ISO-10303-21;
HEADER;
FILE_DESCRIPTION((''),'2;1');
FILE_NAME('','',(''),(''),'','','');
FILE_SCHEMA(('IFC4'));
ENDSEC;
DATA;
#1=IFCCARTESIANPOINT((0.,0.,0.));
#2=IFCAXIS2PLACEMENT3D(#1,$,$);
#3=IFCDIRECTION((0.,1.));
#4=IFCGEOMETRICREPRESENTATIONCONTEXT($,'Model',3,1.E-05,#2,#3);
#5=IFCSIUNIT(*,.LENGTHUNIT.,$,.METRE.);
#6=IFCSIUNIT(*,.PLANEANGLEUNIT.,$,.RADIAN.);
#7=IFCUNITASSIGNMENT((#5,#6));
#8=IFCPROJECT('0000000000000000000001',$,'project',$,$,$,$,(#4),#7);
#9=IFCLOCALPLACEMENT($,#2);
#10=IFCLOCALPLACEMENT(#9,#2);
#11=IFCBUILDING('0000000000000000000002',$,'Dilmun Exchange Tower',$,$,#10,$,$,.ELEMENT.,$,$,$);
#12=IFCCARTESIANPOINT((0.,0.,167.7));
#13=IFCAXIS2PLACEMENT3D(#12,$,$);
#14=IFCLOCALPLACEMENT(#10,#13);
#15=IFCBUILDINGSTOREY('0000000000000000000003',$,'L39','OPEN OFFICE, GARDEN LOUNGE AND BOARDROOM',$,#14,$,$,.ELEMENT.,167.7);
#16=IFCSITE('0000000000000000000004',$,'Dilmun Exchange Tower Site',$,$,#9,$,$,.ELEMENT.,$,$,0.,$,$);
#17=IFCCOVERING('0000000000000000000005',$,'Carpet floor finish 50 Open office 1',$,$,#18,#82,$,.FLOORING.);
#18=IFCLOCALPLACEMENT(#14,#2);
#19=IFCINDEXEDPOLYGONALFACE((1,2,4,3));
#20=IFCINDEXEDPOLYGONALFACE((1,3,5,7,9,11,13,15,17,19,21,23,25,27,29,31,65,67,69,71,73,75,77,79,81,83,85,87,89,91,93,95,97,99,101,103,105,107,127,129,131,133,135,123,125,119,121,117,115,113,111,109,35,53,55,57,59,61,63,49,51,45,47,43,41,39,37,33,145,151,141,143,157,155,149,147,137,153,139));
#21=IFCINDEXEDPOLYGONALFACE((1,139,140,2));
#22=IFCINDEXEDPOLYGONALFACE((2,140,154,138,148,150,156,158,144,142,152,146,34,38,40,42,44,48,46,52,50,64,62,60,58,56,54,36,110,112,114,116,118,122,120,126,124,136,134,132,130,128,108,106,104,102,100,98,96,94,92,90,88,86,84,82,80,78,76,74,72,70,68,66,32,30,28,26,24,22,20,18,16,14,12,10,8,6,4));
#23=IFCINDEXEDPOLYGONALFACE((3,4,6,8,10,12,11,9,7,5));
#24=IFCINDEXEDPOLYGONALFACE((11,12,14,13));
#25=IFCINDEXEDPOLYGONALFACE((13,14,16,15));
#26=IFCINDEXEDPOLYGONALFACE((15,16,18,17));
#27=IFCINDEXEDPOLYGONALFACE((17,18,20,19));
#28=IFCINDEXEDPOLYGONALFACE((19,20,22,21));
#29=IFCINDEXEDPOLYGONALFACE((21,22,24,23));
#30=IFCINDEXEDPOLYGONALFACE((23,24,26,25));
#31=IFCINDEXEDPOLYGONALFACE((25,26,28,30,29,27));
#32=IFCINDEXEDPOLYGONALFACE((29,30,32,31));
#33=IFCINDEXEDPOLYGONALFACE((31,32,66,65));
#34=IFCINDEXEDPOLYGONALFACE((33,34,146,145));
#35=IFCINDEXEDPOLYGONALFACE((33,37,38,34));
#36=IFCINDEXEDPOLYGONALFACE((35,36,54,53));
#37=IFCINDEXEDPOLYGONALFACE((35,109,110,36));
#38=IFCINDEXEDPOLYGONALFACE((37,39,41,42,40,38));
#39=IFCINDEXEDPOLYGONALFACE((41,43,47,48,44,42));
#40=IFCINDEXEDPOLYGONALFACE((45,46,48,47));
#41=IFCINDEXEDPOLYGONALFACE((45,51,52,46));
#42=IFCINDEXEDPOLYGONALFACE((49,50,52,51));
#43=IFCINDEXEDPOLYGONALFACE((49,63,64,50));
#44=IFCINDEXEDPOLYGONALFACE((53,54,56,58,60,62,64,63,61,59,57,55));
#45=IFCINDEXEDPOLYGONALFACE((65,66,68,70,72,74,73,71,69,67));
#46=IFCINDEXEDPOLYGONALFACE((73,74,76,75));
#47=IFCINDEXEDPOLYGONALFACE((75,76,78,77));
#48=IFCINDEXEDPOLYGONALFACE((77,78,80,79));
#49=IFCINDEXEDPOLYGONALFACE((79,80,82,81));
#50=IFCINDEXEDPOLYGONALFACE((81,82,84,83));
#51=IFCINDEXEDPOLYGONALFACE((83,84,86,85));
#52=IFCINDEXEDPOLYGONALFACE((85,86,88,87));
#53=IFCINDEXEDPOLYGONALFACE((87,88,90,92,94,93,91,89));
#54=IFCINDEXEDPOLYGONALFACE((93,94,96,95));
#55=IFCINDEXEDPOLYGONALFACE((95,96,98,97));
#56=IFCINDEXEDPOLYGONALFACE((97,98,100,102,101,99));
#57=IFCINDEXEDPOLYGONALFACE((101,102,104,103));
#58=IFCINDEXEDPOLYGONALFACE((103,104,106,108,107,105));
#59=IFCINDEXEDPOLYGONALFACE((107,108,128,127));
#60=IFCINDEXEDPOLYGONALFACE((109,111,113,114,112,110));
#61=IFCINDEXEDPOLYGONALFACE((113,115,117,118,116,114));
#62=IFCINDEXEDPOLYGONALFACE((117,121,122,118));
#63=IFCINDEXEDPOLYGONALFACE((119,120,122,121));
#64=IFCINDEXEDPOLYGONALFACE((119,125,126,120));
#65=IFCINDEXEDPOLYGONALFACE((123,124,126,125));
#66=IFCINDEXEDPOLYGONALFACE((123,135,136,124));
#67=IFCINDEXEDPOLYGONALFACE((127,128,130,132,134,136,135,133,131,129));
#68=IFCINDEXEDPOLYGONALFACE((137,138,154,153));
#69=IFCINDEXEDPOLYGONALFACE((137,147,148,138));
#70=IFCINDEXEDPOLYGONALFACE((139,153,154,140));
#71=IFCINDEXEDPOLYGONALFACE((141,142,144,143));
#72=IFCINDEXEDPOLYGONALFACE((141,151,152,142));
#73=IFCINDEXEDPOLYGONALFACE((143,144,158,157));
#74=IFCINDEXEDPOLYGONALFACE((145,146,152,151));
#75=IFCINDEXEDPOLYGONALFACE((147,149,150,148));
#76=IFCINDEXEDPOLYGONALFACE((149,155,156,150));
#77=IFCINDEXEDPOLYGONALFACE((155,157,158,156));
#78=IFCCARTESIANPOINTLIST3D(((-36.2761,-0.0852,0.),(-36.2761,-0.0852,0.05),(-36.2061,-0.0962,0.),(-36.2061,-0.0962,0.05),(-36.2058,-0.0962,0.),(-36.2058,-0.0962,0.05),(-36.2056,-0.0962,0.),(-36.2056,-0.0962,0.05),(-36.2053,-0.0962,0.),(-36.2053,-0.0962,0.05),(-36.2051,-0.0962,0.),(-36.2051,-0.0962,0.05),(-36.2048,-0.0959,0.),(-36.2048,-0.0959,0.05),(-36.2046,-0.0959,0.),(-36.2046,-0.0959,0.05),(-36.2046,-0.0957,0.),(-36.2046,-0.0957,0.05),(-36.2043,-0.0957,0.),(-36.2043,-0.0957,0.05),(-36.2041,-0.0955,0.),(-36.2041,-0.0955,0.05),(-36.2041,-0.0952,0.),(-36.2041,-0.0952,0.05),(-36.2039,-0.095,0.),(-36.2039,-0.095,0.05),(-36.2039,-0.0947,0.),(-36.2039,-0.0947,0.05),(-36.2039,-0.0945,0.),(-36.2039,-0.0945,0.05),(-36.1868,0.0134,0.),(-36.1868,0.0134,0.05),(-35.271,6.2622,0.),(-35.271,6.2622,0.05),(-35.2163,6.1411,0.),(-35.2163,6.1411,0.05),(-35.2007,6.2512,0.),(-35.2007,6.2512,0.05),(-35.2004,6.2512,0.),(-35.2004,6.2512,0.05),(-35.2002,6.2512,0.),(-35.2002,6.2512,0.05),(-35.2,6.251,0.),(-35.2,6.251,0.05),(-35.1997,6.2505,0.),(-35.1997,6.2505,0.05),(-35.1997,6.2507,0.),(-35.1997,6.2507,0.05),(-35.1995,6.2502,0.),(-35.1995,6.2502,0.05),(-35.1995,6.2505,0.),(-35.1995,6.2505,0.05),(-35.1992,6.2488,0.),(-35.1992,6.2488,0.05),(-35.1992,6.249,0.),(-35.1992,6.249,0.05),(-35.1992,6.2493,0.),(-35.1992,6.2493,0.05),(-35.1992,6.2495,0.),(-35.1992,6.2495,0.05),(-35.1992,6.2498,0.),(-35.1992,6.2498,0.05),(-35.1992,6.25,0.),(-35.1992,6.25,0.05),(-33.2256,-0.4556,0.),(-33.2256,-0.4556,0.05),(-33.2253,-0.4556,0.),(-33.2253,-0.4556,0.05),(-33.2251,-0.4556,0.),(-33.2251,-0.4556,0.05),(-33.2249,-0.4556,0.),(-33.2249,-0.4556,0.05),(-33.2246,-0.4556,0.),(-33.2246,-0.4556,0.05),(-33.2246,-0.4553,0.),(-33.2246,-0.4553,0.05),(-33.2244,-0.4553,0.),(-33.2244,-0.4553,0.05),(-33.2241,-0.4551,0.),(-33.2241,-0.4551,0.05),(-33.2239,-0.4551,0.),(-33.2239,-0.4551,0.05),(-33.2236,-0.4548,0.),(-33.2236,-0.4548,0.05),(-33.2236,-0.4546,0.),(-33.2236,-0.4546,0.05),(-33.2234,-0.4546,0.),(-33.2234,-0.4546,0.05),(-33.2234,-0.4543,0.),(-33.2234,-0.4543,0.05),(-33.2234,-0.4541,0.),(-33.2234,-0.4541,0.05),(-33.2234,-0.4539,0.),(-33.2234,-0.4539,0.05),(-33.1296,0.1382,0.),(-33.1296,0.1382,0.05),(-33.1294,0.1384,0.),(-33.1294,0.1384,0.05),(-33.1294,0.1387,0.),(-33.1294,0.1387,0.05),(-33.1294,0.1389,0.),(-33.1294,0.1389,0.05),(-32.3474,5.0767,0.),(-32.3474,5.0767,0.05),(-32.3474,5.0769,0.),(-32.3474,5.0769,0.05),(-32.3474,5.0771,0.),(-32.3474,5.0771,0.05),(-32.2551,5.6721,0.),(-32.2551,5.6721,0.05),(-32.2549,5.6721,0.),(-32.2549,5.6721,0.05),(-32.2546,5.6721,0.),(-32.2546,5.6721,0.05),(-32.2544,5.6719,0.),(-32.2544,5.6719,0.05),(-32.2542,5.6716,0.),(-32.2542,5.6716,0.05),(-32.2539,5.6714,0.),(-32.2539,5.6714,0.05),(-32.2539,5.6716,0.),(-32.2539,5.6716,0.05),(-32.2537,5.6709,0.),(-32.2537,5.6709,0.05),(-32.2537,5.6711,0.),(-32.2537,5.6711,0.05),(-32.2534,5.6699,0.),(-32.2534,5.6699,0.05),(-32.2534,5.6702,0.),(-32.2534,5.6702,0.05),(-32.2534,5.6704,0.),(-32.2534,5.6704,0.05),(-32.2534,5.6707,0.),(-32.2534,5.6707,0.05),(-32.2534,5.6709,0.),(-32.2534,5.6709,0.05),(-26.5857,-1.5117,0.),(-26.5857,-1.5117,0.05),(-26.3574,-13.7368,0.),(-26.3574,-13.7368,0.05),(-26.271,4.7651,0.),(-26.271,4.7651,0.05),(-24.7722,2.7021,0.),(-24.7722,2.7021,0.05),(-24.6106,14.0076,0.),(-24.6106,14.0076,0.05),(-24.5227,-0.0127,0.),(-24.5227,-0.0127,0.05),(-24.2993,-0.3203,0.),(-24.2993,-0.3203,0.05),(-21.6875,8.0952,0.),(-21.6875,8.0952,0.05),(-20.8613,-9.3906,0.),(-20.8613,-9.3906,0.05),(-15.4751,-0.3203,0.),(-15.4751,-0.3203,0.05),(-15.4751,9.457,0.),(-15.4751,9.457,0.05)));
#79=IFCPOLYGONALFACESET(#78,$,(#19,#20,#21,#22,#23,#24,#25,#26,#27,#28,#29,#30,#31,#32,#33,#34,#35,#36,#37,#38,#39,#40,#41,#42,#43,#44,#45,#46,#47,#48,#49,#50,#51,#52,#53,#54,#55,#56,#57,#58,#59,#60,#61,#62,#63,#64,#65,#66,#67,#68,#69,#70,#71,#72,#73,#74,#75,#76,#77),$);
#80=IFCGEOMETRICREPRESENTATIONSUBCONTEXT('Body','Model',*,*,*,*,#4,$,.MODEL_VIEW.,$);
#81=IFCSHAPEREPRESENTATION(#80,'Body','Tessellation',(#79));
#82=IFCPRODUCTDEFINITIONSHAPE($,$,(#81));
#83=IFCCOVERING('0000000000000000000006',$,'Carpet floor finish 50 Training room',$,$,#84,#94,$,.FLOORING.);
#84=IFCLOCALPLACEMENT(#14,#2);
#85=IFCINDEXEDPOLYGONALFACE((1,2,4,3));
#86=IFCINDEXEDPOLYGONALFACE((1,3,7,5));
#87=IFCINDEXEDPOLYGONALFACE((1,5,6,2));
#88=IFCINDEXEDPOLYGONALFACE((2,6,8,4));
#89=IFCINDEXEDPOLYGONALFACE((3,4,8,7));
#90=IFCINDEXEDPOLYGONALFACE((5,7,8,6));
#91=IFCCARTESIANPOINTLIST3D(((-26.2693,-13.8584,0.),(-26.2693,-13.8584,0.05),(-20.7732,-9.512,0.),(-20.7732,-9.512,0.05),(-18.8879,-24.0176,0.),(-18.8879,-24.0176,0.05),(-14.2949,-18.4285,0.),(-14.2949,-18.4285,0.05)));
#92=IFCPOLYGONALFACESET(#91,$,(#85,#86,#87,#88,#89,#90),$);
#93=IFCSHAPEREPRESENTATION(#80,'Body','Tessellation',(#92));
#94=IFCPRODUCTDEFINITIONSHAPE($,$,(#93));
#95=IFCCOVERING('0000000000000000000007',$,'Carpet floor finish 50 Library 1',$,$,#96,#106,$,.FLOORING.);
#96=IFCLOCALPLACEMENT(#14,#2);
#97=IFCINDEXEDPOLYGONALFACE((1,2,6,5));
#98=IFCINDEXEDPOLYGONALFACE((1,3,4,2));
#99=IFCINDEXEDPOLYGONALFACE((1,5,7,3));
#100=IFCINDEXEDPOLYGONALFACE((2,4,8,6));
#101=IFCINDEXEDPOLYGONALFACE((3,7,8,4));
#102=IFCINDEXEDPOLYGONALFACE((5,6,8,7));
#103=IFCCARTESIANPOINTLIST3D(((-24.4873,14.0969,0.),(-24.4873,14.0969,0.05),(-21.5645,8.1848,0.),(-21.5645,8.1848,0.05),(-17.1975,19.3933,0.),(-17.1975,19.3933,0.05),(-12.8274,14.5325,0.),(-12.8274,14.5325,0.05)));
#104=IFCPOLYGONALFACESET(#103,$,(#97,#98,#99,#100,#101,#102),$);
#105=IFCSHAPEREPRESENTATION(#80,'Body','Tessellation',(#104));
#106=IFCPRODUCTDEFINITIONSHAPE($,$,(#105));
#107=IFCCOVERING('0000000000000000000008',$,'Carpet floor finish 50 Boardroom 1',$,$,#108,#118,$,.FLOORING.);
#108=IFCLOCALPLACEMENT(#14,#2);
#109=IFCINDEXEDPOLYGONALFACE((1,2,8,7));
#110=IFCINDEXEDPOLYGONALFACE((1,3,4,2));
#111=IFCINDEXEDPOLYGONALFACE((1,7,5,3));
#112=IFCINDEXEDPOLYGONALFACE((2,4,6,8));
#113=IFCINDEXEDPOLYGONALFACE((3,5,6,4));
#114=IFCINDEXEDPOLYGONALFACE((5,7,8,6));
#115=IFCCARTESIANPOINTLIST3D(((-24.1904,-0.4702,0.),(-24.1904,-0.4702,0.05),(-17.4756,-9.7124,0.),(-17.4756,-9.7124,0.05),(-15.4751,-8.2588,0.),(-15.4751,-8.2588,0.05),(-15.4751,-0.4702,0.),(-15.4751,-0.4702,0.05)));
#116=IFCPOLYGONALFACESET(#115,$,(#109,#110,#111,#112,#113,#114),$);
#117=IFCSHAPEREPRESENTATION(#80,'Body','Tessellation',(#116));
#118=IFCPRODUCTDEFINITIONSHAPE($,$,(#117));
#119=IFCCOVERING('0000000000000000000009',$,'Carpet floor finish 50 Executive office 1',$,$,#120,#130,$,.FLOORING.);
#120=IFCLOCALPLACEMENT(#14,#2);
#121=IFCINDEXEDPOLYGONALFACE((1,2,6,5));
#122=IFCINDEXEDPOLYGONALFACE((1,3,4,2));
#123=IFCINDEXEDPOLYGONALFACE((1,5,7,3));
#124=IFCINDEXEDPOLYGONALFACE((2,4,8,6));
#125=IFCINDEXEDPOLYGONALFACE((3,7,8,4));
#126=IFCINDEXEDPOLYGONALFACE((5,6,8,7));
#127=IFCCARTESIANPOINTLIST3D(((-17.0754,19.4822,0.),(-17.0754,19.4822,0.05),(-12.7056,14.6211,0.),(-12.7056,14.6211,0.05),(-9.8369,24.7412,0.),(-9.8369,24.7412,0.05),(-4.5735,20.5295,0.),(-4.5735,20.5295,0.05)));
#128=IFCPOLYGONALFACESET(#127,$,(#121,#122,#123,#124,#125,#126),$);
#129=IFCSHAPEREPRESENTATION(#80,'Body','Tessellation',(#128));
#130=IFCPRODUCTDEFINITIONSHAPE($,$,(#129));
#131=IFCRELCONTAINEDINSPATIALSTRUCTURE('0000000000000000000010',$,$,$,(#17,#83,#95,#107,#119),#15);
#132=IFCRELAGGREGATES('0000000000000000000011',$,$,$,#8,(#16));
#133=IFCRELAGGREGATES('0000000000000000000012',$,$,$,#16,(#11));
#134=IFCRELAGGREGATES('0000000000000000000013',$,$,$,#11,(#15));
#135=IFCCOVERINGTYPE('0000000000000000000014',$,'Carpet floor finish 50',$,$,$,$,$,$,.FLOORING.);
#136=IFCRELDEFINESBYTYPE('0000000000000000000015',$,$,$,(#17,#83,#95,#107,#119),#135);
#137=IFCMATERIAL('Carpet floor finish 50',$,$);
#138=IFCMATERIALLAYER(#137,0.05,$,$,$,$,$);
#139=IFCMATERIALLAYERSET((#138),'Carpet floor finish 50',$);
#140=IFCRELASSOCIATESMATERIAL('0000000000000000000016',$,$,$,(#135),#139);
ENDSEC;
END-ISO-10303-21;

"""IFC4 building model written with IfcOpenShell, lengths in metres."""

from ifc_helpers import new_model, si_unit, direction, frame, origin, place, context, subcontext, project, spatial, polyline, outline, extrude, material, layer, layer_set, type_object, element, save


model = new_model("IFC4")

# Units and contexts
model_context = context("Model", 3, precision=1e-05, world=origin(), true_north=direction((0.0, 1.0)))
body_context = subcontext(model_context, "Body", "Model", "MODEL_VIEW")
ifc_project = project(units=[si_unit("LENGTHUNIT", "METRE"), si_unit("PLANEANGLEUNIT", "RADIAN")], contexts=[model_context])

# Site, building, storey
site_placement = place(None, origin())
site = spatial("IfcSite", under=ifc_project, at=site_placement, Name="Dilmun Exchange Tower Site", CompositionType="ELEMENT", RefElevation=0.0)
building_placement = place(site_placement, origin())
building = spatial("IfcBuilding", under=site, at=building_placement, Name="Dilmun Exchange Tower", CompositionType="ELEMENT")
storey_placement = place(building_placement, frame((0.0, 0.0, 167.7)))
storey = spatial("IfcBuildingStorey", under=building, at=storey_placement, Name="L39", Description="OPEN OFFICE, GARDEN LOUNGE AND BOARDROOM", CompositionType="ELEMENT", Elevation=167.7)

# Coverings
ifc_material_1 = material(Name="Carpet floor finish 50")
ifc_layer_1 = layer(ifc_material_1, 0.05)
ifc_layer_set_1 = layer_set([ifc_layer_1], Name="Carpet floor finish 50")
covering_type_1 = type_object("IfcCoveringType", Name="Carpet floor finish 50", PredefinedType="FLOORING", material=ifc_layer_set_1)
covering_1_placement = place(storey_placement, origin())
element("IfcCovering", 1, at=covering_1_placement, inside=storey, type_object=covering_type_1, Name="Carpet floor finish 50 Open office 1", PredefinedType="FLOORING", context=body_context, shape_type="SweptSolid", body=[
    extrude(outline(polyline([(-21.6875, 8.0952), (-26.271, 4.7651), (-24.7722, 2.7021), (-15.4751, 9.457), (-15.4751, -0.3203), (-24.2993, -0.3203), (-24.5227, -0.0127), (-26.5857, -1.5117), (-20.8613, -9.3906), (-26.3574, -13.7368), (-36.2761, -0.0852), (-36.2061, -0.0962), (-36.2058, -0.0962), (-36.2058, -0.0962), (-36.2056, -0.0962), (-36.2053, -0.0962), (-36.2051, -0.0962), (-36.2051, -0.0962), (-36.2048, -0.0959), (-36.2046, -0.0959), (-36.2046, -0.0957), (-36.2043, -0.0957), (-36.2041, -0.0955), (-36.2041, -0.0952), (-36.2041, -0.0952), (-36.2039, -0.095), (-36.2039, -0.0947), (-36.2039, -0.0945), (-36.1868, 0.0134), (-33.2256, -0.4556), (-33.2253, -0.4556), (-33.2253, -0.4556), (-33.2251, -0.4556), (-33.2249, -0.4556), (-33.2246, -0.4556), (-33.2246, -0.4553), (-33.2244, -0.4553), (-33.2241, -0.4551), (-33.2241, -0.4551), (-33.2239, -0.4551), (-33.2236, -0.4548), (-33.2236, -0.4546), (-33.2234, -0.4546), (-33.2234, -0.4543), (-33.2234, -0.4541), (-33.2234, -0.4539), (-33.1296, 0.1382), (-33.1294, 0.1384), (-33.1294, 0.1387), (-33.1294, 0.1389), (-32.3474, 5.0767), (-32.3474, 5.0769), (-32.3474, 5.0769), (-32.3474, 5.0771), (-32.2534, 5.6699), (-32.2534, 5.6699), (-32.2534, 5.6702), (-32.2534, 5.6704), (-32.2534, 5.6707), (-32.2534, 5.6709), (-32.2537, 5.6709), (-32.2537, 5.6711), (-32.2539, 5.6714), (-32.2539, 5.6714), (-32.2539, 5.6716), (-32.2542, 5.6716), (-32.2544, 5.6719), (-32.2544, 5.6719), (-32.2546, 5.6721), (-32.2549, 5.6721), (-32.2551, 5.6721), (-35.2163, 6.1411), (-35.1992, 6.2488), (-35.1992, 6.249), (-35.1992, 6.2493), (-35.1992, 6.2495), (-35.1992, 6.2498), (-35.1992, 6.25), (-35.1992, 6.25), (-35.1995, 6.2502), (-35.1995, 6.2505), (-35.1997, 6.2505), (-35.1997, 6.2507), (-35.2, 6.251), (-35.2, 6.251), (-35.2002, 6.2512), (-35.2004, 6.2512), (-35.2007, 6.2512), (-35.2007, 6.2512), (-35.271, 6.2622), (-24.6106, 14.0076), (-21.6875, 8.0952)])), origin(), (0.0, 0.0, 1.0), 0.05),
])
covering_2_placement = place(storey_placement, origin())
element("IfcCovering", 2, at=covering_2_placement, inside=storey, type_object=covering_type_1, Name="Carpet floor finish 50 Training room", PredefinedType="FLOORING", context=body_context, shape_type="SweptSolid", body=[
    extrude(outline(polyline([(-20.7732, -9.512), (-14.2949, -18.4285), (-18.8879, -24.0176), (-26.2693, -13.8584), (-20.7732, -9.512)])), origin(), (0.0, 0.0, 1.0), 0.05),
])
covering_3_placement = place(storey_placement, origin())
element("IfcCovering", 3, at=covering_3_placement, inside=storey, type_object=covering_type_1, Name="Carpet floor finish 50 Library 1", PredefinedType="FLOORING", context=body_context, shape_type="SweptSolid", body=[
    extrude(outline(polyline([(-24.4873, 14.0969), (-17.1975, 19.3933), (-12.8274, 14.5325), (-21.5645, 8.1848), (-24.4873, 14.0969)])), origin(), (0.0, 0.0, 1.0), 0.05),
])
covering_4_placement = place(storey_placement, origin())
element("IfcCovering", 4, at=covering_4_placement, inside=storey, type_object=covering_type_1, Name="Carpet floor finish 50 Boardroom 1", PredefinedType="FLOORING", context=body_context, shape_type="SweptSolid", body=[
    extrude(outline(polyline([(-17.4756, -9.7124), (-24.1904, -0.4702), (-15.4751, -0.4702), (-15.4751, -8.2588), (-17.4756, -9.7124)])), origin(), (0.0, 0.0, 1.0), 0.05),
])
covering_5_placement = place(storey_placement, origin())
element("IfcCovering", 5, at=covering_5_placement, inside=storey, type_object=covering_type_1, Name="Carpet floor finish 50 Executive office 1", PredefinedType="FLOORING", context=body_context, shape_type="SweptSolid", body=[
    extrude(outline(polyline([(-12.7056, 14.6211), (-17.0754, 19.4822), (-9.8369, 24.7412), (-4.5735, 20.5295), (-12.7056, 14.6211)])), origin(), (0.0, 0.0, 1.0), 0.05),
])

save(model, "model.ifc")
